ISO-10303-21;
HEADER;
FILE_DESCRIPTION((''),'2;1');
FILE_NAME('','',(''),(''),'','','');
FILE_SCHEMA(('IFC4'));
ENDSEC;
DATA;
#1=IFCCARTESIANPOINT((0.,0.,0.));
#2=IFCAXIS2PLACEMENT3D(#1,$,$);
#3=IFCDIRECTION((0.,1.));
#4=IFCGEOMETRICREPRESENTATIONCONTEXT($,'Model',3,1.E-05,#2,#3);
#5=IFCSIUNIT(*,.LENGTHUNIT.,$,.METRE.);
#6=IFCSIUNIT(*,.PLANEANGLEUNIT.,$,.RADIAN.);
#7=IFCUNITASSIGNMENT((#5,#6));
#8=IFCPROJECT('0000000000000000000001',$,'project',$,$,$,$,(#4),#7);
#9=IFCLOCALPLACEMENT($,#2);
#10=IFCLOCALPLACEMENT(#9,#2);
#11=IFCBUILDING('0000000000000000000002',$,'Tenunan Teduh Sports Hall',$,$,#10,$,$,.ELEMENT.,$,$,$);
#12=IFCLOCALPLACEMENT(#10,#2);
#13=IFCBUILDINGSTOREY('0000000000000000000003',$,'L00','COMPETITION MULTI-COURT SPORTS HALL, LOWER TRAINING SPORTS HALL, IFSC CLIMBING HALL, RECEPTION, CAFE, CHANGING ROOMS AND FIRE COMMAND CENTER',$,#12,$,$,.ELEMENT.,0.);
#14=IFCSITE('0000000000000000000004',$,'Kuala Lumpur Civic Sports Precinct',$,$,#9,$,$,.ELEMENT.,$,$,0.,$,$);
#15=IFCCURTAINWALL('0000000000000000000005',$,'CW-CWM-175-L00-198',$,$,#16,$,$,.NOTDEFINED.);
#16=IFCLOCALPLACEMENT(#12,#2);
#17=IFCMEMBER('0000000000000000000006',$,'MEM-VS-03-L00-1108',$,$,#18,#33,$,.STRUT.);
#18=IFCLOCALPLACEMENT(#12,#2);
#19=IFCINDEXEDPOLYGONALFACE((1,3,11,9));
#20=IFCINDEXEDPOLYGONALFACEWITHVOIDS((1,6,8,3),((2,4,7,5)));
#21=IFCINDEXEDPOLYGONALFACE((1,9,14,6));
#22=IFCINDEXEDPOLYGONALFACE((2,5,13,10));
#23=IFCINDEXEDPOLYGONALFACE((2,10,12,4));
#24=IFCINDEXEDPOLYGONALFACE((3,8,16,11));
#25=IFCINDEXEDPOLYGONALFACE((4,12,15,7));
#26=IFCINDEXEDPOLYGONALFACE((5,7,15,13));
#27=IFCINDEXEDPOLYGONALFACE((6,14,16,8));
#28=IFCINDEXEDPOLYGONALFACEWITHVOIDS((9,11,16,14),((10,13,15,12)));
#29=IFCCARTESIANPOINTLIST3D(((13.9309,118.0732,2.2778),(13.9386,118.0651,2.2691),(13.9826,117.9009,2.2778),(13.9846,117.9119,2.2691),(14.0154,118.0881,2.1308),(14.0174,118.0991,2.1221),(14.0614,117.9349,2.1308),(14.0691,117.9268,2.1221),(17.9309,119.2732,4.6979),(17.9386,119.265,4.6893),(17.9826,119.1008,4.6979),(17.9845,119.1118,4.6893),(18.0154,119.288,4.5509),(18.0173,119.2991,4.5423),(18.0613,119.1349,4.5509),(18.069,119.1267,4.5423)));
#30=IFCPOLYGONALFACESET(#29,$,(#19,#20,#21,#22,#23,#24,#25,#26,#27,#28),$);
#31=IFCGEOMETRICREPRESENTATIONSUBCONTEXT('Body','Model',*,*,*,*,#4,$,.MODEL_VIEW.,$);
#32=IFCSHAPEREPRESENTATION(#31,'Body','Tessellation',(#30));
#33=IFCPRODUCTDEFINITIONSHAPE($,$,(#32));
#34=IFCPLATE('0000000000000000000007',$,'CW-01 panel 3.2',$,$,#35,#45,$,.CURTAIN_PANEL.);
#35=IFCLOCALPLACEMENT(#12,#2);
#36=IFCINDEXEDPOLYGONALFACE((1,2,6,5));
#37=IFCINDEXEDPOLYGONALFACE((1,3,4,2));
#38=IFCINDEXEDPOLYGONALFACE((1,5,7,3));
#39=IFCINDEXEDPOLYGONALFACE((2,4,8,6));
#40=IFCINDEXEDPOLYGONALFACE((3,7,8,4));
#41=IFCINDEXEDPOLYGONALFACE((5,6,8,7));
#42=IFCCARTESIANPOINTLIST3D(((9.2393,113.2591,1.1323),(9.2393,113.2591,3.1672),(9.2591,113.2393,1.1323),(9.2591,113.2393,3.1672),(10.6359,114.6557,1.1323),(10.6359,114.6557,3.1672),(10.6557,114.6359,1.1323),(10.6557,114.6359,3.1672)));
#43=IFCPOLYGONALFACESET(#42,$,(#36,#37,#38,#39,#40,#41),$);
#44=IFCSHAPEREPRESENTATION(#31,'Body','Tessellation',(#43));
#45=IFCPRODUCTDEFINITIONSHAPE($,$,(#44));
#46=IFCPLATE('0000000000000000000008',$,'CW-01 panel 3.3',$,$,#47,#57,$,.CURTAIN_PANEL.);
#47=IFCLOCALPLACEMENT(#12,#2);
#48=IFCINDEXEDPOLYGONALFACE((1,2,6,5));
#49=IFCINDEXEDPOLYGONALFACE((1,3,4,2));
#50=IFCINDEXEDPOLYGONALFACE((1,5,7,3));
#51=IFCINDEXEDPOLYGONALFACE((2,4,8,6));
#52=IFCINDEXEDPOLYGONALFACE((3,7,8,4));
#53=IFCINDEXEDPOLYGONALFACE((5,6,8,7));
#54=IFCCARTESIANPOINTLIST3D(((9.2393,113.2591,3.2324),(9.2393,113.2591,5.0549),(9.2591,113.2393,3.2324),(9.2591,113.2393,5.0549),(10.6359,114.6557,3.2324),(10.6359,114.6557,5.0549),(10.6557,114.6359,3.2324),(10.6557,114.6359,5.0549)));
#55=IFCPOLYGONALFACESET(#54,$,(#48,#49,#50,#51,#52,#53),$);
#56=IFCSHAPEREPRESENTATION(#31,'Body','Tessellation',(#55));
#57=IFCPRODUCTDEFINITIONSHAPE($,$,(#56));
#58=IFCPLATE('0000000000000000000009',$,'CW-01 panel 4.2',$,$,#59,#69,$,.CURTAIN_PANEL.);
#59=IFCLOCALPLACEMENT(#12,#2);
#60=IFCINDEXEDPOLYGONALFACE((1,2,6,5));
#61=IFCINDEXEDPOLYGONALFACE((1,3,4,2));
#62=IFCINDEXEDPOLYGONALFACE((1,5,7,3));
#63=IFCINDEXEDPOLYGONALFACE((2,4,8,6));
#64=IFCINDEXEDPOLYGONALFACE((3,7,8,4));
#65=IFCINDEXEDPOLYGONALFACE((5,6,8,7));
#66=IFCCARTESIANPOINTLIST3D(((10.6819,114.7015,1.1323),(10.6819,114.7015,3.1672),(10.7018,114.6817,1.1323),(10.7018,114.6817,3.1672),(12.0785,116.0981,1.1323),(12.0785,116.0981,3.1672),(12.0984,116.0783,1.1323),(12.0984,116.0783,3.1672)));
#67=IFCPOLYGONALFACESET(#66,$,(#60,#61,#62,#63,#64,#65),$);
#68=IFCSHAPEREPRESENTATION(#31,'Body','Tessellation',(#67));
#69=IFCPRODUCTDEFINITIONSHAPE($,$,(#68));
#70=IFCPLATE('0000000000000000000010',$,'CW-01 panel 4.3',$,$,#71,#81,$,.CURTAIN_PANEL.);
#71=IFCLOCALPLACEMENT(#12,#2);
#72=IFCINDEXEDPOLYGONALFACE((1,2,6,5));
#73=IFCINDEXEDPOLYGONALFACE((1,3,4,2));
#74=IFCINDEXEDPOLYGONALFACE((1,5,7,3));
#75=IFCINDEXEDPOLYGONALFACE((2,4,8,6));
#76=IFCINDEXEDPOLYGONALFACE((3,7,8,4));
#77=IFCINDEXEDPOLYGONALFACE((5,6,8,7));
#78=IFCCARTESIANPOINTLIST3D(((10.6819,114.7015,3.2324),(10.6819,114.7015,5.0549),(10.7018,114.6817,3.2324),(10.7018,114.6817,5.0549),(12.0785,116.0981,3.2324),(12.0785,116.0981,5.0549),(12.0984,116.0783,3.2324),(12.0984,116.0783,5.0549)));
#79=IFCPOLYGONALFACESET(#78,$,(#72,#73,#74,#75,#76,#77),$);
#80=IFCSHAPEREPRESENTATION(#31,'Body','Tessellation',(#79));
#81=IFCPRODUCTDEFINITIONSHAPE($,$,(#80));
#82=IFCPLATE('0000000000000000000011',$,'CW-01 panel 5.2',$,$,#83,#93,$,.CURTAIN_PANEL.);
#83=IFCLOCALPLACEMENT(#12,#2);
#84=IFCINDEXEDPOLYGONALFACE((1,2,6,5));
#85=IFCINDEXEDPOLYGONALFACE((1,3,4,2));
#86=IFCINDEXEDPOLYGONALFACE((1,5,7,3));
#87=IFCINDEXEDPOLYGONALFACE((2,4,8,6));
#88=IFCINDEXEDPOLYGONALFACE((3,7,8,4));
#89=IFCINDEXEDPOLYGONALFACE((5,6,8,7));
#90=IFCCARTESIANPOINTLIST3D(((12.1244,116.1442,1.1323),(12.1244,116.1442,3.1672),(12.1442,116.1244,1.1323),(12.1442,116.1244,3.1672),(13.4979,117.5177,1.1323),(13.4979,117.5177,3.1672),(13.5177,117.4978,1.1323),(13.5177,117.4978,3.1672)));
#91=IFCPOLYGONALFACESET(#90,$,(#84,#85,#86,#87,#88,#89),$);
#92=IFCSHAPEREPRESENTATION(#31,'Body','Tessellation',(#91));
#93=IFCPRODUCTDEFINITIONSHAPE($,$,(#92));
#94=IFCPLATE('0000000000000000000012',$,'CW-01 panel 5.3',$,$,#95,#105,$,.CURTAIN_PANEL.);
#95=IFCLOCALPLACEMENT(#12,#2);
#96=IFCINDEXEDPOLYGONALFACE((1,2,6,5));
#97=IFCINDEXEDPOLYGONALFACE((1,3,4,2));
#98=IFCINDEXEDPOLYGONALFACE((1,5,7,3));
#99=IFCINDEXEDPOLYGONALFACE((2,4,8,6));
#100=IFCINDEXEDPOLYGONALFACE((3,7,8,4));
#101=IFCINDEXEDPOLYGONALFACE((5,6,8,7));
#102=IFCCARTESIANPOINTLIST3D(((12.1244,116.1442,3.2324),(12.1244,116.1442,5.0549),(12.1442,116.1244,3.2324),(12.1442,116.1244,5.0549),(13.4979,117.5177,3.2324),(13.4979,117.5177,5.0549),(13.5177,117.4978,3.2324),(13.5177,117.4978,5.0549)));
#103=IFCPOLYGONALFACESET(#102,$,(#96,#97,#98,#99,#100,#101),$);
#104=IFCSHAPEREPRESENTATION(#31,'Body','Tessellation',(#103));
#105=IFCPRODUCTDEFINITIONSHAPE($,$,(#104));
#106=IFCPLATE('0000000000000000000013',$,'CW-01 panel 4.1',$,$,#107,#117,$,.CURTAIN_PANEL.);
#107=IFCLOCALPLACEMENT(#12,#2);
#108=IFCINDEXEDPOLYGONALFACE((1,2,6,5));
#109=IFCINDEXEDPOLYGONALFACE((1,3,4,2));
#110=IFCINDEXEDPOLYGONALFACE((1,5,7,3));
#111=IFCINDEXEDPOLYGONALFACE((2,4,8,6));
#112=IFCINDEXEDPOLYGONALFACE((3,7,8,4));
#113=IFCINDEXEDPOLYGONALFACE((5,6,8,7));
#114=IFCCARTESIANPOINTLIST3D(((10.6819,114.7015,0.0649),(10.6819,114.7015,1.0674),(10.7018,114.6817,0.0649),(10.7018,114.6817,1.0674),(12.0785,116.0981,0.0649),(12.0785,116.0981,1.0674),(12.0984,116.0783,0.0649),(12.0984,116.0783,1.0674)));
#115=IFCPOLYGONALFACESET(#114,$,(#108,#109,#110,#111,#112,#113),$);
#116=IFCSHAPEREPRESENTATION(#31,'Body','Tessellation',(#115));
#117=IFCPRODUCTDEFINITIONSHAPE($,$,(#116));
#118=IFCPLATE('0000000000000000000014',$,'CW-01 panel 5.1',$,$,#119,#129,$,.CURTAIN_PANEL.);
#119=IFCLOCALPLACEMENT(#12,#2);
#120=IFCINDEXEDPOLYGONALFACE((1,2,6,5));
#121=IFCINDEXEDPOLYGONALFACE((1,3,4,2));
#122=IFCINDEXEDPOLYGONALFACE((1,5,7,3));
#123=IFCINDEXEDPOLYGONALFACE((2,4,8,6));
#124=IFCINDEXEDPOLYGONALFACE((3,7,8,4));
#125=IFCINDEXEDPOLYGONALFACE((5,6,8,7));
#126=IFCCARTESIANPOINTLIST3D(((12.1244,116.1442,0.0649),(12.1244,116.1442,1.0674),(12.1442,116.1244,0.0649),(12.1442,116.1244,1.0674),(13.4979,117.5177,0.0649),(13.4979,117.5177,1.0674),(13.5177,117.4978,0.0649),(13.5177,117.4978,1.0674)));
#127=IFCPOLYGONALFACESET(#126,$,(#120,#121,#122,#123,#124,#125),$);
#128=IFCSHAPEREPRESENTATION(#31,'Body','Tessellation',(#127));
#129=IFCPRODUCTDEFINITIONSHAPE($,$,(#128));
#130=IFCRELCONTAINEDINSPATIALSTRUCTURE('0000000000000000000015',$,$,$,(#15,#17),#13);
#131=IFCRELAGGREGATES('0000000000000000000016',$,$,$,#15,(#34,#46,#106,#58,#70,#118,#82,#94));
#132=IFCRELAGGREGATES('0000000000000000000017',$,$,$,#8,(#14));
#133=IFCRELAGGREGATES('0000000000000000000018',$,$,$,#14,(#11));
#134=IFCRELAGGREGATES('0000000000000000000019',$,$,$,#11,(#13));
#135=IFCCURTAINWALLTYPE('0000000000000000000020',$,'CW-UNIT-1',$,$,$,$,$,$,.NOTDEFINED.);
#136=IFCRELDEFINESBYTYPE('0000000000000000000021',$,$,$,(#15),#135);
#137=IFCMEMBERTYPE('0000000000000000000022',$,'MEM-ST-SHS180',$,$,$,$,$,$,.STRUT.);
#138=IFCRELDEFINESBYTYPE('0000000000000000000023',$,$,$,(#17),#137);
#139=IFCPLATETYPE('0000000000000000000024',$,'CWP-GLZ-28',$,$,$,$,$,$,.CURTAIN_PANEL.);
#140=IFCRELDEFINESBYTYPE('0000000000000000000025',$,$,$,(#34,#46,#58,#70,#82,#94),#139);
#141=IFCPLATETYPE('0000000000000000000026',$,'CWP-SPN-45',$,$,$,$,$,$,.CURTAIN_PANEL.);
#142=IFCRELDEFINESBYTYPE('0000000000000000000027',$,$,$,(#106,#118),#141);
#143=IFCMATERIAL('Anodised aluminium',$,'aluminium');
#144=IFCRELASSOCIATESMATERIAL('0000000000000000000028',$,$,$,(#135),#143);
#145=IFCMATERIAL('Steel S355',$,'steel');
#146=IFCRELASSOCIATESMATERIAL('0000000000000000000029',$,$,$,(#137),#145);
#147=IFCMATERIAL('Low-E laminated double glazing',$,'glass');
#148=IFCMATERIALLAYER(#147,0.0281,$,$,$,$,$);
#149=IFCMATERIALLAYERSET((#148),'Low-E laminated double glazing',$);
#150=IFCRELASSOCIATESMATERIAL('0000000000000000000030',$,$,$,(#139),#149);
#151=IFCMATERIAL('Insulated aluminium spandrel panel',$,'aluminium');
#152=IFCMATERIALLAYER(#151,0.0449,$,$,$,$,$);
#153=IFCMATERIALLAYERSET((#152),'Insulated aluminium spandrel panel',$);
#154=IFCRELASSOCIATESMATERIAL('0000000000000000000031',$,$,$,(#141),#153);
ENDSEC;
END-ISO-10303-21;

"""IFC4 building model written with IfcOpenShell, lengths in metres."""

from ifc_helpers import new_model, si_unit, direction, frame, origin, origin_2d, place, context, subcontext, project, spatial, rectangle, hollow_rectangle, extrude, material, layer, layer_set, material_profile, profile_set, type_object, element, aggregate, save


model = new_model("IFC4")

# Units and contexts
model_context = context("Model", 3, precision=1e-05, world=origin(), true_north=direction((0.0, 1.0)))
body_context = subcontext(model_context, "Body", "Model", "MODEL_VIEW")
ifc_project = project(units=[si_unit("LENGTHUNIT", "METRE"), si_unit("PLANEANGLEUNIT", "RADIAN")], contexts=[model_context])

# Site, building, storey
site_placement = place(None, origin())
site = spatial("IfcSite", under=ifc_project, at=site_placement, Name="Kuala Lumpur Civic Sports Precinct", CompositionType="ELEMENT", RefElevation=0.0)
building_placement = place(site_placement, origin())
building = spatial("IfcBuilding", under=site, at=building_placement, Name="Tenunan Teduh Sports Hall", CompositionType="ELEMENT")
storey_placement = place(building_placement, origin())
storey = spatial("IfcBuildingStorey", under=building, at=storey_placement, Name="L00", Description="COMPETITION MULTI-COURT SPORTS HALL, LOWER TRAINING SPORTS HALL, IFSC CLIMBING HALL, RECEPTION, CAFE, CHANGING ROOMS AND FIRE COMMAND CENTER", CompositionType="ELEMENT", Elevation=0.0)

# Curtain wall
ifc_material_1 = material(Name="Anodised aluminium", Category="aluminium")
curtain_wall_type = type_object("IfcCurtainWallType", Name="CW-UNIT-1", PredefinedType="NOTDEFINED", material=ifc_material_1)
curtain_wall_placement = place(storey_placement, origin())
curtain_wall = element("IfcCurtainWall", 1, at=curtain_wall_placement, inside=storey, type_object=curtain_wall_type, Name="CW-CWM-175-L00-198", PredefinedType="NOTDEFINED")

# Member
ifc_material_2 = material(Name="Steel S355", Category="steel")
ifc_material_profile_1 = material_profile(ifc_material_2, hollow_rectangle(XDim=0.1799, YDim=0.1799, WallThickness=0.01, at=origin_2d()), Name="SHS 180x180x10.0")
ifc_profile_set_1 = profile_set([ifc_material_profile_1], Name="Steel S355")
member_type_1 = type_object("IfcMemberType", Name="MEM-ST-SHS180", PredefinedType="STRUT", material=ifc_profile_set_1)
member_1_placement = place(storey_placement, frame((14.0, 118.0, 2.2), z_axis=(0.828723, 0.248607, 0.501412), x_axis=(-0.287337, 0.95783, 0.0)))
element("IfcMember", 2, at=member_1_placement, inside=storey, type_object=member_type_1, Name="MEM-VS-03-L00-1108", PredefinedType="STRUT", context=body_context, shape_type="SweptSolid", body=[
    extrude(hollow_rectangle(XDim=0.1799, YDim=0.1799, WallThickness=0.01, at=origin_2d()), origin(), (0.0, 0.0, 1.0), 4.8267),
])

# Plates
ifc_material_3 = material(Name="Low-E laminated double glazing", Category="glass")
ifc_layer_1 = layer(ifc_material_3, 0.0281)
ifc_layer_set_1 = layer_set([ifc_layer_1], Name="Low-E laminated double glazing")
plate_type_1 = type_object("IfcPlateType", Name="CWP-GLZ-28", PredefinedType="CURTAIN_PANEL", material=ifc_layer_set_1)
plate_1_placement = place(storey_placement, frame((9.9475, 113.9475, 1.1323), z_axis=(0.0, 0.0, 1.0), x_axis=(0.707117, 0.707097, 0.0)))
plate_1 = element("IfcPlate", 3, at=plate_1_placement, type_object=plate_type_1, Name="CW-01 panel 3.2", PredefinedType="CURTAIN_PANEL", context=body_context, shape_type="SweptSolid", body=[
    extrude(rectangle(XDim=1.9751, YDim=0.0281, at=origin_2d()), origin(), (0.0, 0.0, 1.0), 2.0349),
])
plate_2_placement = place(storey_placement, frame((9.9475, 113.9475, 3.2324), z_axis=(0.0, 0.0, 1.0), x_axis=(0.707117, 0.707097, 0.0)))
plate_2 = element("IfcPlate", 4, at=plate_2_placement, type_object=plate_type_1, Name="CW-01 panel 3.3", PredefinedType="CURTAIN_PANEL", context=body_context, shape_type="SweptSolid", body=[
    extrude(rectangle(XDim=1.9751, YDim=0.0281, at=origin_2d()), origin(), (0.0, 0.0, 1.0), 1.8225),
])
plate_3_placement = place(storey_placement, frame((11.3901, 115.3899, 1.1323), z_axis=(0.0, 0.0, 1.0), x_axis=(0.707117, 0.707097, 0.0)))
plate_3 = element("IfcPlate", 5, at=plate_3_placement, type_object=plate_type_1, Name="CW-01 panel 4.2", PredefinedType="CURTAIN_PANEL", context=body_context, shape_type="SweptSolid", body=[
    extrude(rectangle(XDim=1.9751, YDim=0.0281, at=origin_2d()), origin(), (0.0, 0.0, 1.0), 2.0349),
])
plate_4_placement = place(storey_placement, frame((11.3901, 115.3899, 3.2324), z_axis=(0.0, 0.0, 1.0), x_axis=(0.707117, 0.707097, 0.0)))
plate_4 = element("IfcPlate", 6, at=plate_4_placement, type_object=plate_type_1, Name="CW-01 panel 4.3", PredefinedType="CURTAIN_PANEL", context=body_context, shape_type="SweptSolid", body=[
    extrude(rectangle(XDim=1.9751, YDim=0.0281, at=origin_2d()), origin(), (0.0, 0.0, 1.0), 1.8225),
])
plate_5_placement = place(storey_placement, frame((12.821, 116.821, 1.1323), z_axis=(0.0, 0.0, 1.0), x_axis=(0.707117, 0.707097, 0.0)))
plate_5 = element("IfcPlate", 7, at=plate_5_placement, type_object=plate_type_1, Name="CW-01 panel 5.2", PredefinedType="CURTAIN_PANEL", context=body_context, shape_type="SweptSolid", body=[
    extrude(rectangle(XDim=1.9424, YDim=0.0281, at=origin_2d()), origin(), (0.0, 0.0, 1.0), 2.0349),
])
plate_6_placement = place(storey_placement, frame((12.821, 116.821, 3.2324), z_axis=(0.0, 0.0, 1.0), x_axis=(0.707117, 0.707097, 0.0)))
plate_6 = element("IfcPlate", 8, at=plate_6_placement, type_object=plate_type_1, Name="CW-01 panel 5.3", PredefinedType="CURTAIN_PANEL", context=body_context, shape_type="SweptSolid", body=[
    extrude(rectangle(XDim=1.9424, YDim=0.0281, at=origin_2d()), origin(), (0.0, 0.0, 1.0), 1.8225),
])
ifc_material_4 = material(Name="Insulated aluminium spandrel panel", Category="aluminium")
ifc_layer_2 = layer(ifc_material_4, 0.0449)
ifc_layer_set_2 = layer_set([ifc_layer_2], Name="Insulated aluminium spandrel panel")
plate_type_2 = type_object("IfcPlateType", Name="CWP-SPN-45", PredefinedType="CURTAIN_PANEL", material=ifc_layer_set_2)
plate_7_placement = place(storey_placement, frame((11.3901, 115.3899, 0.0649), z_axis=(0.0, 0.0, 1.0), x_axis=(0.707117, 0.707097, 0.0)))
plate_7 = element("IfcPlate", 9, at=plate_7_placement, type_object=plate_type_2, Name="CW-01 panel 4.1", PredefinedType="CURTAIN_PANEL", context=body_context, shape_type="SweptSolid", body=[
    extrude(rectangle(XDim=1.9751, YDim=0.0281, at=origin_2d()), origin(), (0.0, 0.0, 1.0), 1.0024),
])
plate_8_placement = place(storey_placement, frame((12.821, 116.821, 0.0649), z_axis=(0.0, 0.0, 1.0), x_axis=(0.707117, 0.707097, 0.0)))
plate_8 = element("IfcPlate", 10, at=plate_8_placement, type_object=plate_type_2, Name="CW-01 panel 5.1", PredefinedType="CURTAIN_PANEL", context=body_context, shape_type="SweptSolid", body=[
    extrude(rectangle(XDim=1.9424, YDim=0.0281, at=origin_2d()), origin(), (0.0, 0.0, 1.0), 1.0024),
])
aggregate(curtain_wall, [plate_1, plate_2, plate_7, plate_3, plate_4, plate_8, plate_5, plate_6])

save(model, "model.ifc")
